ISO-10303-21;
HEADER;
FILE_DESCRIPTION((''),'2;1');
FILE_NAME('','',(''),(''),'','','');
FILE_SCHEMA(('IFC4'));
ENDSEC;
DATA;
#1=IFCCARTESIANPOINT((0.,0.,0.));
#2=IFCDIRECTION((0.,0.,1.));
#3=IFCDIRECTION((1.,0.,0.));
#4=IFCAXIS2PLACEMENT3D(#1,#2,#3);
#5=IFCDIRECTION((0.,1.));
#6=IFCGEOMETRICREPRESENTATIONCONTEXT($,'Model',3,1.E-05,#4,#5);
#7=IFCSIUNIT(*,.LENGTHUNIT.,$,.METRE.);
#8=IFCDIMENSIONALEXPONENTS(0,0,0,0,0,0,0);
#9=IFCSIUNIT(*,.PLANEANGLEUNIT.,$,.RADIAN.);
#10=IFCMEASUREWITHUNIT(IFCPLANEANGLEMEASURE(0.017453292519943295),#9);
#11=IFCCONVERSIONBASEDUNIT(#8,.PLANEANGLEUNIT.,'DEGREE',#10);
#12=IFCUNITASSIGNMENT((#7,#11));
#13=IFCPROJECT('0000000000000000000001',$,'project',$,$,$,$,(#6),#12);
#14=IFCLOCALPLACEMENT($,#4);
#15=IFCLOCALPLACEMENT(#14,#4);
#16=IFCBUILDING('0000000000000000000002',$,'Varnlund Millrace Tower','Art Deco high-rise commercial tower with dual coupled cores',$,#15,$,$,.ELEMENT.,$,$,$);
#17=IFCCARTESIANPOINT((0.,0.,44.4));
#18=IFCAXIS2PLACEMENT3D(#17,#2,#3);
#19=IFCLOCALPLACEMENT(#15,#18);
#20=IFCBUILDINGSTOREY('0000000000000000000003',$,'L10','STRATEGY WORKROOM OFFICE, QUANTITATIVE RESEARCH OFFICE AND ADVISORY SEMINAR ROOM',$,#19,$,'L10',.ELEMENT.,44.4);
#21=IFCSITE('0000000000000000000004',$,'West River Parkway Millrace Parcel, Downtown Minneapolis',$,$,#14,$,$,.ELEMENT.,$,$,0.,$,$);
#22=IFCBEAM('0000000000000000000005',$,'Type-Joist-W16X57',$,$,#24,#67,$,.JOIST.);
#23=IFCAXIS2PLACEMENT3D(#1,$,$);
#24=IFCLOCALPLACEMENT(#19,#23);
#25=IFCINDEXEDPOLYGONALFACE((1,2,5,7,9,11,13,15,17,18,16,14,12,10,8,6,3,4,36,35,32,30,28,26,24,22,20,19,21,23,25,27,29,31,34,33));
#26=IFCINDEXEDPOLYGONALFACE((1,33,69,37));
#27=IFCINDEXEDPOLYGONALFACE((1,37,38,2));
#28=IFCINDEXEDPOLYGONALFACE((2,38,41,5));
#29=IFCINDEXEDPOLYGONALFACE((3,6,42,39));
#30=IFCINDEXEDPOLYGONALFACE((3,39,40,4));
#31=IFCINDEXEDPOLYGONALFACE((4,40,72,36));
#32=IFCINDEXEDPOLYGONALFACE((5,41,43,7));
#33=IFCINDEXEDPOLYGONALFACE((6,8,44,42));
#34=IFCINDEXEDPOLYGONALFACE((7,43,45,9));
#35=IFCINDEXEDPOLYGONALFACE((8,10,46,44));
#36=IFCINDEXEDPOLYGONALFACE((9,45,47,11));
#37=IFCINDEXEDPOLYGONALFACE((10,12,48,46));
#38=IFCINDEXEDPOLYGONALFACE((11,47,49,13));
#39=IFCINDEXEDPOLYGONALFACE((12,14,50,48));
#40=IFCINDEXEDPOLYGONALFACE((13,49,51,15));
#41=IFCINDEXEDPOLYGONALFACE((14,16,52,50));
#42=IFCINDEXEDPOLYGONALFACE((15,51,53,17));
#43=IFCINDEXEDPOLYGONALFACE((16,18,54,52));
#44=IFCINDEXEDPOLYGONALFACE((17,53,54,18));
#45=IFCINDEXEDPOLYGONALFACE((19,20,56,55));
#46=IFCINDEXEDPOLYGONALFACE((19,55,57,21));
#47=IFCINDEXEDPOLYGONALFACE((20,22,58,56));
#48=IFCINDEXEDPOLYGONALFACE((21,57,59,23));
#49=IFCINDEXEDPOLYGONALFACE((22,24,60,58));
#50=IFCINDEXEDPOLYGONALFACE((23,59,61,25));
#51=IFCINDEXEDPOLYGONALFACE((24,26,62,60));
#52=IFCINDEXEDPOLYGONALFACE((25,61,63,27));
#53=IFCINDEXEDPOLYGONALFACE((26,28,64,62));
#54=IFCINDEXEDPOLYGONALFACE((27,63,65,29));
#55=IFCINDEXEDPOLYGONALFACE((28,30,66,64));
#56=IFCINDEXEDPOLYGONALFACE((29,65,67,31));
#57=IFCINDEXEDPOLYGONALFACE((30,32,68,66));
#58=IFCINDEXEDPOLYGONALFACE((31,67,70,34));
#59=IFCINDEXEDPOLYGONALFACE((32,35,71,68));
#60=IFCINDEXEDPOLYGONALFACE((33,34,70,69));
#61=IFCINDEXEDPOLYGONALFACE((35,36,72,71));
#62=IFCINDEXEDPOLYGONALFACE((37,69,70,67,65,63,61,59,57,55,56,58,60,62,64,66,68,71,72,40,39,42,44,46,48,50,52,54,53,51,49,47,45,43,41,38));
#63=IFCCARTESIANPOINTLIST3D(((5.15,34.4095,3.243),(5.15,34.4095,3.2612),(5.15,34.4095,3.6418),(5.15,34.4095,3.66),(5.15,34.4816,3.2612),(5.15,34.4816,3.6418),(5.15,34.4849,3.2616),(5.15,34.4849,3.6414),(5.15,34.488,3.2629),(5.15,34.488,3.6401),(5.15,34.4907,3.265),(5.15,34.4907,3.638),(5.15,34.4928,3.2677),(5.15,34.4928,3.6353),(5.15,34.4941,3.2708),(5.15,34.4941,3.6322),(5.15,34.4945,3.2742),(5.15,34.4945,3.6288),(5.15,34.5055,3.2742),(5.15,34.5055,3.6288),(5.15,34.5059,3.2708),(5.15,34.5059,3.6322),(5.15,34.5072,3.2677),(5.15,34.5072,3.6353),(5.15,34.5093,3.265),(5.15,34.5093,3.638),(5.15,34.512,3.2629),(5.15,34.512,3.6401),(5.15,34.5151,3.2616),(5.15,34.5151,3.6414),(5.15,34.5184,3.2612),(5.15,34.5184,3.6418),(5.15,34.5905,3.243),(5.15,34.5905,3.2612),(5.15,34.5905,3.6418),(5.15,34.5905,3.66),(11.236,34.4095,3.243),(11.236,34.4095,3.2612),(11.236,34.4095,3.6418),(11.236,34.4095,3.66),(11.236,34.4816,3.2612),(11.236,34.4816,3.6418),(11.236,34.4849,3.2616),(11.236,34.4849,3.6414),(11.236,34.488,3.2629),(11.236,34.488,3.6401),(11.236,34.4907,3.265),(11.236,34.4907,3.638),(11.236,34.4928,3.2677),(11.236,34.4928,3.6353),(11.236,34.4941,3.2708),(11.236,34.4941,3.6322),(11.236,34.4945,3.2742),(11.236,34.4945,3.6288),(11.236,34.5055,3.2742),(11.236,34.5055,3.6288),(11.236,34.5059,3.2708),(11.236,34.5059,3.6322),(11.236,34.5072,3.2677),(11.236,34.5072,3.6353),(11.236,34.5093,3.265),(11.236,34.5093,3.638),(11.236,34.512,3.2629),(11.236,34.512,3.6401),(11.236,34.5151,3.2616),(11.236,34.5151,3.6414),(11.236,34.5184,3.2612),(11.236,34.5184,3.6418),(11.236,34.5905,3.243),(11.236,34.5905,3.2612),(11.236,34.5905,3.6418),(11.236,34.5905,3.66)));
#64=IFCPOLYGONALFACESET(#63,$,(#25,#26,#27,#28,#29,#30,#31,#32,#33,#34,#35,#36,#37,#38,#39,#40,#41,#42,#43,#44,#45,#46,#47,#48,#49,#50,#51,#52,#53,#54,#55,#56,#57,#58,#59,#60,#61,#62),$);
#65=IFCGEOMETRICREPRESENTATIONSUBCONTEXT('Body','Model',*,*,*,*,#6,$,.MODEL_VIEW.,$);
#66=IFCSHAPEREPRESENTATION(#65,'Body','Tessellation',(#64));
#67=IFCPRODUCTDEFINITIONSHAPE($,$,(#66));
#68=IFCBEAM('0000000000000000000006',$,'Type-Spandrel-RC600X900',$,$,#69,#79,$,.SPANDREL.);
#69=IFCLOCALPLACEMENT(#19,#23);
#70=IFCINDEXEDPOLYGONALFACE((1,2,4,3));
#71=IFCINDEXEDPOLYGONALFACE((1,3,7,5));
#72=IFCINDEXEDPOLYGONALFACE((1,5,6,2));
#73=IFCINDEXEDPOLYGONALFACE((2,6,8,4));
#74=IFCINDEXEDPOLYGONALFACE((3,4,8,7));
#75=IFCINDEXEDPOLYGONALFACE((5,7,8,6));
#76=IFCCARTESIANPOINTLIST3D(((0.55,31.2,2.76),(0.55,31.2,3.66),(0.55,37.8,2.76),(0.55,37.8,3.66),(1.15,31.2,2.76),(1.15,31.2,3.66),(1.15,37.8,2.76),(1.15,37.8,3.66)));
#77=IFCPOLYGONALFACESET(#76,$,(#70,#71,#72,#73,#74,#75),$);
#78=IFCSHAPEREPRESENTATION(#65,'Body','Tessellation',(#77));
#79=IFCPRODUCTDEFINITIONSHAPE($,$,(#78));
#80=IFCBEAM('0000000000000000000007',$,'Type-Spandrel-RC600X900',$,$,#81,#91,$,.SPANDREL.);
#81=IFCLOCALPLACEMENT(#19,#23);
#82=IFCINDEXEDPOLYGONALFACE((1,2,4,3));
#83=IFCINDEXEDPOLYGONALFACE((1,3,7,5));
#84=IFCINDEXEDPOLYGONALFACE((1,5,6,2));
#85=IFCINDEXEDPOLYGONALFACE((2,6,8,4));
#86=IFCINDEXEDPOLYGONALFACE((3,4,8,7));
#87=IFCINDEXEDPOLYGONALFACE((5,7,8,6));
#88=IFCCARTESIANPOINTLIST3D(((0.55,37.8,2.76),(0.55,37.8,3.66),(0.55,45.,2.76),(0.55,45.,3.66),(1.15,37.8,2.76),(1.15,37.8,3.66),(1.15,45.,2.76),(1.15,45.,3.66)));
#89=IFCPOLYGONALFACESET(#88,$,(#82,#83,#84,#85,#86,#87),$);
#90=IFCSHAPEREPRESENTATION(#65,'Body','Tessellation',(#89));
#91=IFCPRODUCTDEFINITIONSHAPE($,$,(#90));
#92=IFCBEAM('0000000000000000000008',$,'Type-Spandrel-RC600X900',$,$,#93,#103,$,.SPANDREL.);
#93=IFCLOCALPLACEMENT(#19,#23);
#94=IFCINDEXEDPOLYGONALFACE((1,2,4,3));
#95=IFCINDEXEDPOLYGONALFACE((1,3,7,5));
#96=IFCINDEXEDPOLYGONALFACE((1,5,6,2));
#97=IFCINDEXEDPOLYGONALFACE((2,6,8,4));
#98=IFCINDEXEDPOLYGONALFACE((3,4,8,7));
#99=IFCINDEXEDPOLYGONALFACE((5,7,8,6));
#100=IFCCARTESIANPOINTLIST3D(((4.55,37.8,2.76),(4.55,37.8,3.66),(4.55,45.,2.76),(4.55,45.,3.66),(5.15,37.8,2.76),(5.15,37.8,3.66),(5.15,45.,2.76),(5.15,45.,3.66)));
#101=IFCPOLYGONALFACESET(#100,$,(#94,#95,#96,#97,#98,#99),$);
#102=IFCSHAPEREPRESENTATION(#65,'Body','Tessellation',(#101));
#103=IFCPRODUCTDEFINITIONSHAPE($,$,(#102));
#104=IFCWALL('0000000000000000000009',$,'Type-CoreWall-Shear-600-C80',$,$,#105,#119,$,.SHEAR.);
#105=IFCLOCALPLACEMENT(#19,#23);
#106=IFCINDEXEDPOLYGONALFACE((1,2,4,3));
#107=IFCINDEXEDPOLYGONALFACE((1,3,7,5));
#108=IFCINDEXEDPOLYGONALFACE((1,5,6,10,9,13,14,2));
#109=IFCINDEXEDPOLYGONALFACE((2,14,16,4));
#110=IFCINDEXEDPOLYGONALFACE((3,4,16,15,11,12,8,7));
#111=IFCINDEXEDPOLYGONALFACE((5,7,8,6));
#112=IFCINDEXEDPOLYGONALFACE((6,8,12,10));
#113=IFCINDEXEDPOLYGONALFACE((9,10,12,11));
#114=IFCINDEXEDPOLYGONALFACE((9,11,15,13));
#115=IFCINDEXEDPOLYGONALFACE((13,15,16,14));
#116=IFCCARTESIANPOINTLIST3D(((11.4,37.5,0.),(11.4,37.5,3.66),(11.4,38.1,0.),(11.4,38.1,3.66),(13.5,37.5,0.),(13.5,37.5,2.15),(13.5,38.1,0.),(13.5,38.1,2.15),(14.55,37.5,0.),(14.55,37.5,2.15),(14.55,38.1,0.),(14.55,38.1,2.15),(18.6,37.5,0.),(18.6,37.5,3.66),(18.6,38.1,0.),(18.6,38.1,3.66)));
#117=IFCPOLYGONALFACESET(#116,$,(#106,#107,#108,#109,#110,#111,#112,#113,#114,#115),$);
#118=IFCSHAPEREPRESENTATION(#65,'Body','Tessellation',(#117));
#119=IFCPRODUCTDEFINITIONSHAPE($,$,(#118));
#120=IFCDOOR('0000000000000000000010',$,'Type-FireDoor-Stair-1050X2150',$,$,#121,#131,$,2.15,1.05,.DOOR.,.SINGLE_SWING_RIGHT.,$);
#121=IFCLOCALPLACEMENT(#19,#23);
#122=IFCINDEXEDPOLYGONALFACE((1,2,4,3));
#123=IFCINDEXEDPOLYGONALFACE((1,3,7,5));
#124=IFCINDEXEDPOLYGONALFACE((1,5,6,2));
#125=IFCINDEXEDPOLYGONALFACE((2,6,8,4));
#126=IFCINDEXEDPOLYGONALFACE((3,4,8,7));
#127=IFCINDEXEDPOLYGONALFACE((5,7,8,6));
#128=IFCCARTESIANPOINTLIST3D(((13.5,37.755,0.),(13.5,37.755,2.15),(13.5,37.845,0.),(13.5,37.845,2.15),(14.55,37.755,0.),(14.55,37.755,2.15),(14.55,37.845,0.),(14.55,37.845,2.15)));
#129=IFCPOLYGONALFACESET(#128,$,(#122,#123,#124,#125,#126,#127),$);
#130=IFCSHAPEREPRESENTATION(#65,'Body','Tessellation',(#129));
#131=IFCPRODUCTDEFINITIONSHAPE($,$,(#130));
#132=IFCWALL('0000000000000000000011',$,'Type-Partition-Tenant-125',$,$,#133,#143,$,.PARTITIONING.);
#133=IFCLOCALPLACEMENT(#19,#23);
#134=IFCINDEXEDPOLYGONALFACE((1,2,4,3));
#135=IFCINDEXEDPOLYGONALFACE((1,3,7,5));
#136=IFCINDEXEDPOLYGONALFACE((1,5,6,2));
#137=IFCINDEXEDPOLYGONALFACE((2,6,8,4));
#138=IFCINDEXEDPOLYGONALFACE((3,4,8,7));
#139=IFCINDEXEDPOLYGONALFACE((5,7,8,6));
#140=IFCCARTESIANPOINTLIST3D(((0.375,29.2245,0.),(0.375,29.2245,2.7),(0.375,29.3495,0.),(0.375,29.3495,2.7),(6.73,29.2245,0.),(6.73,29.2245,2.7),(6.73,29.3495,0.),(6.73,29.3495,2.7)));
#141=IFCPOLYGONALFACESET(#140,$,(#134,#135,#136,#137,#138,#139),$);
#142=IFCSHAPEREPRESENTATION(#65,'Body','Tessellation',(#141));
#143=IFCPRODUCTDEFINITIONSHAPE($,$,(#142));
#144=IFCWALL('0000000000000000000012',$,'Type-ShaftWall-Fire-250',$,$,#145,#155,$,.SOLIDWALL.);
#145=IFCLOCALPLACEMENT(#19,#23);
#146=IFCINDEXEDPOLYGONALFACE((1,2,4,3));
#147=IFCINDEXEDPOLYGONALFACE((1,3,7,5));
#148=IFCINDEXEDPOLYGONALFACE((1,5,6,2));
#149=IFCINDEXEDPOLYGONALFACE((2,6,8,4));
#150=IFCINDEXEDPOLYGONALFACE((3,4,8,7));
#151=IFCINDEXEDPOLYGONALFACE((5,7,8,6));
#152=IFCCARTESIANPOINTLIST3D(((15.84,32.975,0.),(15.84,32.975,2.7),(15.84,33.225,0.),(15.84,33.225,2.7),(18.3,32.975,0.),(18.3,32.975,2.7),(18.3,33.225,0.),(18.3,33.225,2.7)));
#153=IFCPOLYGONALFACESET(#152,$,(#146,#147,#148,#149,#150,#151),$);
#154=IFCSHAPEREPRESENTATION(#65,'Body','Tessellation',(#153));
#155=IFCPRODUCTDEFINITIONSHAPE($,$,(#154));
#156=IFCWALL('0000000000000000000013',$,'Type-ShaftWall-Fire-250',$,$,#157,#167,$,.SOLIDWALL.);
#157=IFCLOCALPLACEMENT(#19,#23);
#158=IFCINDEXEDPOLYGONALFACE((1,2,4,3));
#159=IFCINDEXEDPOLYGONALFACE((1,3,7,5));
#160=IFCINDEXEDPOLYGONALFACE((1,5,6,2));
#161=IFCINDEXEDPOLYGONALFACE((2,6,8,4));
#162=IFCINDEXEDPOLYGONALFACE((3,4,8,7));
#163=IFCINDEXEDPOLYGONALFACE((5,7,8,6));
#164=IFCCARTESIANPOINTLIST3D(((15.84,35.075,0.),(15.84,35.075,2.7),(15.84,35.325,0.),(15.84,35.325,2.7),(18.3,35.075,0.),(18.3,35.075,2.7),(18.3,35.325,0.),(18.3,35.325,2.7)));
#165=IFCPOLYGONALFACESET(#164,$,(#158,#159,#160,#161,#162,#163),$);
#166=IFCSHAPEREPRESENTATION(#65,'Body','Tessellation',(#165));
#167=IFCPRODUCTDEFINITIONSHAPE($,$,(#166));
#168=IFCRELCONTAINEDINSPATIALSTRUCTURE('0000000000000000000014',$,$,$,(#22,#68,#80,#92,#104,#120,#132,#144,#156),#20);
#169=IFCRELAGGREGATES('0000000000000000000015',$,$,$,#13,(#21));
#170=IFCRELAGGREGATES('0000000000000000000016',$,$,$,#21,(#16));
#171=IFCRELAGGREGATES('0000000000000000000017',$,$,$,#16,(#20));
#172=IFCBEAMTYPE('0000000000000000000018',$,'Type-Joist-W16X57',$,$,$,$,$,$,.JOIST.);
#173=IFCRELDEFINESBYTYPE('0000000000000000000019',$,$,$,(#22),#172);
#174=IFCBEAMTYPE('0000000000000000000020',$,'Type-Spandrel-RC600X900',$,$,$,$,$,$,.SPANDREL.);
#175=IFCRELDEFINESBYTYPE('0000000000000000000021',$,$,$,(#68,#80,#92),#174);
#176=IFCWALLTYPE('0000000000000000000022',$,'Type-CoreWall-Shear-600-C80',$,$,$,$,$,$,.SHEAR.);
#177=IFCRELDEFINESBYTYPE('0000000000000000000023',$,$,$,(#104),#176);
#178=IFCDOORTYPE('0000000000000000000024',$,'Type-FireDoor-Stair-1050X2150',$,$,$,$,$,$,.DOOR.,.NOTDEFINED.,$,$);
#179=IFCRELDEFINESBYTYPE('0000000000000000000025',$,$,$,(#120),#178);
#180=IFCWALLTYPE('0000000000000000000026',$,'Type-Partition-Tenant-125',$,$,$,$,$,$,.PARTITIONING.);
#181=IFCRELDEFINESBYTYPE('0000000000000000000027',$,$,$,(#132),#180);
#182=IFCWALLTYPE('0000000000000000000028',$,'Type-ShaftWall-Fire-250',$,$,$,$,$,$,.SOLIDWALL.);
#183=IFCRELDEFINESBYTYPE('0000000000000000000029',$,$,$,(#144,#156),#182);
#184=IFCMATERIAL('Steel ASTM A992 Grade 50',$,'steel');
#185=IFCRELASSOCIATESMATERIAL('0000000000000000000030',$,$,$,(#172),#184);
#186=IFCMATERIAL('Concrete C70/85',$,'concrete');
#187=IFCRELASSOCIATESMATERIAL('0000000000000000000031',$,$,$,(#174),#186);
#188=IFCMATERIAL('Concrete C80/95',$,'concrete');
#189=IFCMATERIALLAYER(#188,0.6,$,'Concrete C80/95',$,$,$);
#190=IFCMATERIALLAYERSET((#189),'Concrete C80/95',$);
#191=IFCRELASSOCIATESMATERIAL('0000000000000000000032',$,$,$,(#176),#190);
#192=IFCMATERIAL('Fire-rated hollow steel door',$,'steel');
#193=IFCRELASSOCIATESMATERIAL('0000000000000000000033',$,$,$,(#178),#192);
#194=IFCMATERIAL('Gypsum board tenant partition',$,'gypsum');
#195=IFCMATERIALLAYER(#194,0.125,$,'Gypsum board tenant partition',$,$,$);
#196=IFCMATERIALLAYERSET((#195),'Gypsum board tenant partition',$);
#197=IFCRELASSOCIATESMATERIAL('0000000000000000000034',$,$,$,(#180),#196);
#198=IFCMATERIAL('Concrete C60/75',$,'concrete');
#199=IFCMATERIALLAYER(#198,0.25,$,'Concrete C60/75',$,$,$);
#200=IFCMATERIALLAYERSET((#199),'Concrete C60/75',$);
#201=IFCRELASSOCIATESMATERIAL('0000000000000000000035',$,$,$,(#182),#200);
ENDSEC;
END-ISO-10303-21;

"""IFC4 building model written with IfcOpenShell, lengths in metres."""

from ifc_helpers import new_model, entity, si_unit, converted_unit, direction, frame, origin_with_axes, origin_2d_with_axis, place, context, subcontext, project, spatial, polyline, rectangle, i_section, outline, extrude, material, layer, layer_set, material_profile, profile_set, type_object, element, fill, save


model = new_model("IFC4")

# Units and contexts
model_context = context("Model", 3, precision=1e-05, world=origin_with_axes(), true_north=direction((0.0, 1.0)))
body_context = subcontext(model_context, "Body", "Model", "MODEL_VIEW")
ifc_project = project(units=[si_unit("LENGTHUNIT", "METRE"), converted_unit("PLANEANGLEUNIT", "DEGREE", entity("IfcPlaneAngleMeasure", 0.017453292519943295), si_unit("PLANEANGLEUNIT", "RADIAN"), dimensions=[0, 0, 0, 0, 0, 0, 0])], contexts=[model_context])

# Site, building, storey
site_placement = place(None, origin_with_axes())
site = spatial("IfcSite", under=ifc_project, at=site_placement, Name="West River Parkway Millrace Parcel, Downtown Minneapolis", CompositionType="ELEMENT", RefElevation=0.0)
building_placement = place(site_placement, origin_with_axes())
building = spatial("IfcBuilding", under=site, at=building_placement, Name="Varnlund Millrace Tower", Description="Art Deco high-rise commercial tower with dual coupled cores", CompositionType="ELEMENT")
storey_placement = place(building_placement, frame((0.0, 0.0, 44.4), z_axis=(0.0, 0.0, 1.0), x_axis=(1.0, 0.0, 0.0)))
storey = spatial("IfcBuildingStorey", under=building, at=storey_placement, Name="L10", Description="STRATEGY WORKROOM OFFICE, QUANTITATIVE RESEARCH OFFICE AND ADVISORY SEMINAR ROOM", LongName="L10", CompositionType="ELEMENT", Elevation=44.4)

# Shared definitions
ifc_material_1 = material(Name="Concrete C80/95", Category="concrete")

# Beams
ifc_material_2 = material(Name="Steel ASTM A992 Grade 50", Category="steel")
ifc_material_profile_1 = material_profile(ifc_material_2, i_section(OverallWidth=0.181, OverallDepth=0.417, WebThickness=0.0109, FlangeThickness=0.0182, FilletRadius=0.013, at=origin_2d_with_axis()), Name="Steel ASTM A992 Grade 50")
ifc_profile_set_1 = profile_set([ifc_material_profile_1], Name="Steel ASTM A992 Grade 50")
beam_type_1 = type_object("IfcBeamType", Name="Type-Joist-W16X57", PredefinedType="JOIST", material=ifc_profile_set_1)
beam_1_placement = place(storey_placement, frame((5.15, 34.5, 3.4515), z_axis=(1.0, 0.0, 0.0), x_axis=(0.0, 1.0, 0.0)))
element("IfcBeam", 1, at=beam_1_placement, inside=storey, type_object=beam_type_1, Name="Type-Joist-W16X57", PredefinedType="JOIST", context=body_context, shape_type="SweptSolid", body=[
    extrude(i_section(OverallWidth=0.181, OverallDepth=0.417, WebThickness=0.0109, FlangeThickness=0.0182, FilletRadius=0.013, at=origin_2d_with_axis()), origin_with_axes(), (0.0, 0.0, 1.0), 6.086),
])
ifc_material_3 = material(Name="Concrete C70/85", Category="concrete")
ifc_material_profile_2 = material_profile(ifc_material_3, rectangle(XDim=0.6, YDim=0.9, at=origin_2d_with_axis()), Name="Concrete C70/85")
ifc_profile_set_2 = profile_set([ifc_material_profile_2], Name="Concrete C70/85")
beam_type_2 = type_object("IfcBeamType", Name="Type-Spandrel-RC600X900", PredefinedType="SPANDREL", material=ifc_profile_set_2)
beam_2_placement = place(storey_placement, frame((0.85, 31.2, 3.21), z_axis=(0.0, 1.0, 0.0), x_axis=(-1.0, 0.0, 0.0)))
element("IfcBeam", 2, at=beam_2_placement, inside=storey, type_object=beam_type_2, Name="Type-Spandrel-RC600X900", PredefinedType="SPANDREL", context=body_context, shape_type="SweptSolid", body=[
    extrude(rectangle(XDim=0.6, YDim=0.9, at=origin_2d_with_axis()), origin_with_axes(), (0.0, 0.0, 1.0), 6.6),
])
for number, where, z_axis, x_axis, name in (
    (3, (0.85, 37.8, 3.21), (0.0, 1.0, 0.0), (-1.0, 0.0, 0.0), "Type-Spandrel-RC600X900"),
    (4, (4.85, 37.8, 3.21), (0.0, 1.0, 0.0), (-1.0, 0.0, 0.0), "Type-Spandrel-RC600X900"),
):
    element("IfcBeam", number, at=place(storey_placement, frame(where, z_axis=z_axis, x_axis=x_axis)), inside=storey, type_object=beam_type_2, Name=name, PredefinedType="SPANDREL", context=body_context, shape_type="SweptSolid", body=[
        extrude(rectangle(XDim=0.6, YDim=0.9, at=origin_2d_with_axis()), origin_with_axes(), (0.0, 0.0, 1.0), 7.2),
    ])

# Wall, opening, door
ifc_layer_1 = layer(ifc_material_1, 0.6, Name="Concrete C80/95")
ifc_layer_set_1 = layer_set([ifc_layer_1], Name="Concrete C80/95")
wall_type_1 = type_object("IfcWallType", Name="Type-CoreWall-Shear-600-C80", PredefinedType="SHEAR", material=ifc_layer_set_1)
wall_1_placement = place(storey_placement, frame((11.4, 37.8, 0.0), z_axis=(0.0, 0.0, 1.0), x_axis=(1.0, 0.0, 0.0)))
wall_1 = element("IfcWall", 5, at=wall_1_placement, inside=storey, type_object=wall_type_1, Name="Type-CoreWall-Shear-600-C80", PredefinedType="SHEAR", context=body_context, shape_type="SweptSolid", body=[
    extrude(outline(polyline([(0.0, -0.3), (7.2, -0.3), (7.2, 0.3), (0.0, 0.3), (0.0, -0.3)])), origin_with_axes(), (0.0, 0.0, 1.0), 3.66),
])
opening_placement = place(wall_1_placement, frame((2.625, 0.0, 0.0), z_axis=(0.0, 0.0, 1.0), x_axis=(1.0, 0.0, 0.0)))
opening = element("IfcOpeningElement", 6, at=opening_placement, cuts=wall_1, PredefinedType="OPENING", context=body_context, shape_type="SweptSolid", body=[
    extrude(rectangle(XDim=1.05, YDim=0.62, at=origin_2d_with_axis()), origin_with_axes(), (0.0, 0.0, 1.0), 2.15),
])
ifc_material_4 = material(Name="Fire-rated hollow steel door", Category="steel")
door_type = type_object("IfcDoorType", Name="Type-FireDoor-Stair-1050X2150", OperationType="NOTDEFINED", PredefinedType="DOOR", material=ifc_material_4)
door_placement = place(wall_1_placement, frame((2.625, 0.0, 0.0), z_axis=(0.0, 0.0, 1.0), x_axis=(1.0, 0.0, 0.0)))
door = element("IfcDoor", 7, at=door_placement, inside=storey, type_object=door_type, Name="Type-FireDoor-Stair-1050X2150", OperationType="SINGLE_SWING_RIGHT", OverallHeight=2.15, OverallWidth=1.05, PredefinedType="DOOR", context=body_context, shape_type="SweptSolid", body=[
    extrude(rectangle(XDim=1.05, YDim=0.09, at=origin_2d_with_axis()), origin_with_axes(), (0.0, 0.0, 1.0), 2.15),
])
fill(opening, door)

# Walls
ifc_material_5 = material(Name="Gypsum board tenant partition", Category="gypsum")
ifc_layer_2 = layer(ifc_material_5, 0.125, Name="Gypsum board tenant partition")
ifc_layer_set_2 = layer_set([ifc_layer_2], Name="Gypsum board tenant partition")
wall_type_2 = type_object("IfcWallType", Name="Type-Partition-Tenant-125", PredefinedType="PARTITIONING", material=ifc_layer_set_2)
wall_2_placement = place(storey_placement, frame((0.375, 29.287, 0.0), z_axis=(0.0, 0.0, 1.0), x_axis=(1.0, 0.0, 0.0)))
element("IfcWall", 8, at=wall_2_placement, inside=storey, type_object=wall_type_2, Name="Type-Partition-Tenant-125", PredefinedType="PARTITIONING", context=body_context, shape_type="SweptSolid", body=[
    extrude(outline(polyline([(0.0, -0.0625), (6.355, -0.0625), (6.355, 0.0625), (0.0, 0.0625), (0.0, -0.0625)])), origin_with_axes(), (0.0, 0.0, 1.0), 2.7),
])
ifc_material_6 = material(Name="Concrete C60/75", Category="concrete")
ifc_layer_3 = layer(ifc_material_6, 0.25, Name="Concrete C60/75")
ifc_layer_set_3 = layer_set([ifc_layer_3], Name="Concrete C60/75")
wall_type_3 = type_object("IfcWallType", Name="Type-ShaftWall-Fire-250", PredefinedType="SOLIDWALL", material=ifc_layer_set_3)
for number, where, z_axis, x_axis, name in (
    (9, (15.84, 33.1, 0.0), (0.0, 0.0, 1.0), (1.0, 0.0, 0.0), "Type-ShaftWall-Fire-250"),
    (10, (15.84, 35.2, 0.0), (0.0, 0.0, 1.0), (1.0, 0.0, 0.0), "Type-ShaftWall-Fire-250"),
):
    element("IfcWall", number, at=place(storey_placement, frame(where, z_axis=z_axis, x_axis=x_axis)), inside=storey, type_object=wall_type_3, Name=name, PredefinedType="SOLIDWALL", context=body_context, shape_type="SweptSolid", body=[
        extrude(outline(polyline([(0.0, -0.125), (2.46, -0.125), (2.46, 0.125), (0.0, 0.125), (0.0, -0.125)])), origin_with_axes(), (0.0, 0.0, 1.0), 2.7),
    ])

save(model, "model.ifc")
